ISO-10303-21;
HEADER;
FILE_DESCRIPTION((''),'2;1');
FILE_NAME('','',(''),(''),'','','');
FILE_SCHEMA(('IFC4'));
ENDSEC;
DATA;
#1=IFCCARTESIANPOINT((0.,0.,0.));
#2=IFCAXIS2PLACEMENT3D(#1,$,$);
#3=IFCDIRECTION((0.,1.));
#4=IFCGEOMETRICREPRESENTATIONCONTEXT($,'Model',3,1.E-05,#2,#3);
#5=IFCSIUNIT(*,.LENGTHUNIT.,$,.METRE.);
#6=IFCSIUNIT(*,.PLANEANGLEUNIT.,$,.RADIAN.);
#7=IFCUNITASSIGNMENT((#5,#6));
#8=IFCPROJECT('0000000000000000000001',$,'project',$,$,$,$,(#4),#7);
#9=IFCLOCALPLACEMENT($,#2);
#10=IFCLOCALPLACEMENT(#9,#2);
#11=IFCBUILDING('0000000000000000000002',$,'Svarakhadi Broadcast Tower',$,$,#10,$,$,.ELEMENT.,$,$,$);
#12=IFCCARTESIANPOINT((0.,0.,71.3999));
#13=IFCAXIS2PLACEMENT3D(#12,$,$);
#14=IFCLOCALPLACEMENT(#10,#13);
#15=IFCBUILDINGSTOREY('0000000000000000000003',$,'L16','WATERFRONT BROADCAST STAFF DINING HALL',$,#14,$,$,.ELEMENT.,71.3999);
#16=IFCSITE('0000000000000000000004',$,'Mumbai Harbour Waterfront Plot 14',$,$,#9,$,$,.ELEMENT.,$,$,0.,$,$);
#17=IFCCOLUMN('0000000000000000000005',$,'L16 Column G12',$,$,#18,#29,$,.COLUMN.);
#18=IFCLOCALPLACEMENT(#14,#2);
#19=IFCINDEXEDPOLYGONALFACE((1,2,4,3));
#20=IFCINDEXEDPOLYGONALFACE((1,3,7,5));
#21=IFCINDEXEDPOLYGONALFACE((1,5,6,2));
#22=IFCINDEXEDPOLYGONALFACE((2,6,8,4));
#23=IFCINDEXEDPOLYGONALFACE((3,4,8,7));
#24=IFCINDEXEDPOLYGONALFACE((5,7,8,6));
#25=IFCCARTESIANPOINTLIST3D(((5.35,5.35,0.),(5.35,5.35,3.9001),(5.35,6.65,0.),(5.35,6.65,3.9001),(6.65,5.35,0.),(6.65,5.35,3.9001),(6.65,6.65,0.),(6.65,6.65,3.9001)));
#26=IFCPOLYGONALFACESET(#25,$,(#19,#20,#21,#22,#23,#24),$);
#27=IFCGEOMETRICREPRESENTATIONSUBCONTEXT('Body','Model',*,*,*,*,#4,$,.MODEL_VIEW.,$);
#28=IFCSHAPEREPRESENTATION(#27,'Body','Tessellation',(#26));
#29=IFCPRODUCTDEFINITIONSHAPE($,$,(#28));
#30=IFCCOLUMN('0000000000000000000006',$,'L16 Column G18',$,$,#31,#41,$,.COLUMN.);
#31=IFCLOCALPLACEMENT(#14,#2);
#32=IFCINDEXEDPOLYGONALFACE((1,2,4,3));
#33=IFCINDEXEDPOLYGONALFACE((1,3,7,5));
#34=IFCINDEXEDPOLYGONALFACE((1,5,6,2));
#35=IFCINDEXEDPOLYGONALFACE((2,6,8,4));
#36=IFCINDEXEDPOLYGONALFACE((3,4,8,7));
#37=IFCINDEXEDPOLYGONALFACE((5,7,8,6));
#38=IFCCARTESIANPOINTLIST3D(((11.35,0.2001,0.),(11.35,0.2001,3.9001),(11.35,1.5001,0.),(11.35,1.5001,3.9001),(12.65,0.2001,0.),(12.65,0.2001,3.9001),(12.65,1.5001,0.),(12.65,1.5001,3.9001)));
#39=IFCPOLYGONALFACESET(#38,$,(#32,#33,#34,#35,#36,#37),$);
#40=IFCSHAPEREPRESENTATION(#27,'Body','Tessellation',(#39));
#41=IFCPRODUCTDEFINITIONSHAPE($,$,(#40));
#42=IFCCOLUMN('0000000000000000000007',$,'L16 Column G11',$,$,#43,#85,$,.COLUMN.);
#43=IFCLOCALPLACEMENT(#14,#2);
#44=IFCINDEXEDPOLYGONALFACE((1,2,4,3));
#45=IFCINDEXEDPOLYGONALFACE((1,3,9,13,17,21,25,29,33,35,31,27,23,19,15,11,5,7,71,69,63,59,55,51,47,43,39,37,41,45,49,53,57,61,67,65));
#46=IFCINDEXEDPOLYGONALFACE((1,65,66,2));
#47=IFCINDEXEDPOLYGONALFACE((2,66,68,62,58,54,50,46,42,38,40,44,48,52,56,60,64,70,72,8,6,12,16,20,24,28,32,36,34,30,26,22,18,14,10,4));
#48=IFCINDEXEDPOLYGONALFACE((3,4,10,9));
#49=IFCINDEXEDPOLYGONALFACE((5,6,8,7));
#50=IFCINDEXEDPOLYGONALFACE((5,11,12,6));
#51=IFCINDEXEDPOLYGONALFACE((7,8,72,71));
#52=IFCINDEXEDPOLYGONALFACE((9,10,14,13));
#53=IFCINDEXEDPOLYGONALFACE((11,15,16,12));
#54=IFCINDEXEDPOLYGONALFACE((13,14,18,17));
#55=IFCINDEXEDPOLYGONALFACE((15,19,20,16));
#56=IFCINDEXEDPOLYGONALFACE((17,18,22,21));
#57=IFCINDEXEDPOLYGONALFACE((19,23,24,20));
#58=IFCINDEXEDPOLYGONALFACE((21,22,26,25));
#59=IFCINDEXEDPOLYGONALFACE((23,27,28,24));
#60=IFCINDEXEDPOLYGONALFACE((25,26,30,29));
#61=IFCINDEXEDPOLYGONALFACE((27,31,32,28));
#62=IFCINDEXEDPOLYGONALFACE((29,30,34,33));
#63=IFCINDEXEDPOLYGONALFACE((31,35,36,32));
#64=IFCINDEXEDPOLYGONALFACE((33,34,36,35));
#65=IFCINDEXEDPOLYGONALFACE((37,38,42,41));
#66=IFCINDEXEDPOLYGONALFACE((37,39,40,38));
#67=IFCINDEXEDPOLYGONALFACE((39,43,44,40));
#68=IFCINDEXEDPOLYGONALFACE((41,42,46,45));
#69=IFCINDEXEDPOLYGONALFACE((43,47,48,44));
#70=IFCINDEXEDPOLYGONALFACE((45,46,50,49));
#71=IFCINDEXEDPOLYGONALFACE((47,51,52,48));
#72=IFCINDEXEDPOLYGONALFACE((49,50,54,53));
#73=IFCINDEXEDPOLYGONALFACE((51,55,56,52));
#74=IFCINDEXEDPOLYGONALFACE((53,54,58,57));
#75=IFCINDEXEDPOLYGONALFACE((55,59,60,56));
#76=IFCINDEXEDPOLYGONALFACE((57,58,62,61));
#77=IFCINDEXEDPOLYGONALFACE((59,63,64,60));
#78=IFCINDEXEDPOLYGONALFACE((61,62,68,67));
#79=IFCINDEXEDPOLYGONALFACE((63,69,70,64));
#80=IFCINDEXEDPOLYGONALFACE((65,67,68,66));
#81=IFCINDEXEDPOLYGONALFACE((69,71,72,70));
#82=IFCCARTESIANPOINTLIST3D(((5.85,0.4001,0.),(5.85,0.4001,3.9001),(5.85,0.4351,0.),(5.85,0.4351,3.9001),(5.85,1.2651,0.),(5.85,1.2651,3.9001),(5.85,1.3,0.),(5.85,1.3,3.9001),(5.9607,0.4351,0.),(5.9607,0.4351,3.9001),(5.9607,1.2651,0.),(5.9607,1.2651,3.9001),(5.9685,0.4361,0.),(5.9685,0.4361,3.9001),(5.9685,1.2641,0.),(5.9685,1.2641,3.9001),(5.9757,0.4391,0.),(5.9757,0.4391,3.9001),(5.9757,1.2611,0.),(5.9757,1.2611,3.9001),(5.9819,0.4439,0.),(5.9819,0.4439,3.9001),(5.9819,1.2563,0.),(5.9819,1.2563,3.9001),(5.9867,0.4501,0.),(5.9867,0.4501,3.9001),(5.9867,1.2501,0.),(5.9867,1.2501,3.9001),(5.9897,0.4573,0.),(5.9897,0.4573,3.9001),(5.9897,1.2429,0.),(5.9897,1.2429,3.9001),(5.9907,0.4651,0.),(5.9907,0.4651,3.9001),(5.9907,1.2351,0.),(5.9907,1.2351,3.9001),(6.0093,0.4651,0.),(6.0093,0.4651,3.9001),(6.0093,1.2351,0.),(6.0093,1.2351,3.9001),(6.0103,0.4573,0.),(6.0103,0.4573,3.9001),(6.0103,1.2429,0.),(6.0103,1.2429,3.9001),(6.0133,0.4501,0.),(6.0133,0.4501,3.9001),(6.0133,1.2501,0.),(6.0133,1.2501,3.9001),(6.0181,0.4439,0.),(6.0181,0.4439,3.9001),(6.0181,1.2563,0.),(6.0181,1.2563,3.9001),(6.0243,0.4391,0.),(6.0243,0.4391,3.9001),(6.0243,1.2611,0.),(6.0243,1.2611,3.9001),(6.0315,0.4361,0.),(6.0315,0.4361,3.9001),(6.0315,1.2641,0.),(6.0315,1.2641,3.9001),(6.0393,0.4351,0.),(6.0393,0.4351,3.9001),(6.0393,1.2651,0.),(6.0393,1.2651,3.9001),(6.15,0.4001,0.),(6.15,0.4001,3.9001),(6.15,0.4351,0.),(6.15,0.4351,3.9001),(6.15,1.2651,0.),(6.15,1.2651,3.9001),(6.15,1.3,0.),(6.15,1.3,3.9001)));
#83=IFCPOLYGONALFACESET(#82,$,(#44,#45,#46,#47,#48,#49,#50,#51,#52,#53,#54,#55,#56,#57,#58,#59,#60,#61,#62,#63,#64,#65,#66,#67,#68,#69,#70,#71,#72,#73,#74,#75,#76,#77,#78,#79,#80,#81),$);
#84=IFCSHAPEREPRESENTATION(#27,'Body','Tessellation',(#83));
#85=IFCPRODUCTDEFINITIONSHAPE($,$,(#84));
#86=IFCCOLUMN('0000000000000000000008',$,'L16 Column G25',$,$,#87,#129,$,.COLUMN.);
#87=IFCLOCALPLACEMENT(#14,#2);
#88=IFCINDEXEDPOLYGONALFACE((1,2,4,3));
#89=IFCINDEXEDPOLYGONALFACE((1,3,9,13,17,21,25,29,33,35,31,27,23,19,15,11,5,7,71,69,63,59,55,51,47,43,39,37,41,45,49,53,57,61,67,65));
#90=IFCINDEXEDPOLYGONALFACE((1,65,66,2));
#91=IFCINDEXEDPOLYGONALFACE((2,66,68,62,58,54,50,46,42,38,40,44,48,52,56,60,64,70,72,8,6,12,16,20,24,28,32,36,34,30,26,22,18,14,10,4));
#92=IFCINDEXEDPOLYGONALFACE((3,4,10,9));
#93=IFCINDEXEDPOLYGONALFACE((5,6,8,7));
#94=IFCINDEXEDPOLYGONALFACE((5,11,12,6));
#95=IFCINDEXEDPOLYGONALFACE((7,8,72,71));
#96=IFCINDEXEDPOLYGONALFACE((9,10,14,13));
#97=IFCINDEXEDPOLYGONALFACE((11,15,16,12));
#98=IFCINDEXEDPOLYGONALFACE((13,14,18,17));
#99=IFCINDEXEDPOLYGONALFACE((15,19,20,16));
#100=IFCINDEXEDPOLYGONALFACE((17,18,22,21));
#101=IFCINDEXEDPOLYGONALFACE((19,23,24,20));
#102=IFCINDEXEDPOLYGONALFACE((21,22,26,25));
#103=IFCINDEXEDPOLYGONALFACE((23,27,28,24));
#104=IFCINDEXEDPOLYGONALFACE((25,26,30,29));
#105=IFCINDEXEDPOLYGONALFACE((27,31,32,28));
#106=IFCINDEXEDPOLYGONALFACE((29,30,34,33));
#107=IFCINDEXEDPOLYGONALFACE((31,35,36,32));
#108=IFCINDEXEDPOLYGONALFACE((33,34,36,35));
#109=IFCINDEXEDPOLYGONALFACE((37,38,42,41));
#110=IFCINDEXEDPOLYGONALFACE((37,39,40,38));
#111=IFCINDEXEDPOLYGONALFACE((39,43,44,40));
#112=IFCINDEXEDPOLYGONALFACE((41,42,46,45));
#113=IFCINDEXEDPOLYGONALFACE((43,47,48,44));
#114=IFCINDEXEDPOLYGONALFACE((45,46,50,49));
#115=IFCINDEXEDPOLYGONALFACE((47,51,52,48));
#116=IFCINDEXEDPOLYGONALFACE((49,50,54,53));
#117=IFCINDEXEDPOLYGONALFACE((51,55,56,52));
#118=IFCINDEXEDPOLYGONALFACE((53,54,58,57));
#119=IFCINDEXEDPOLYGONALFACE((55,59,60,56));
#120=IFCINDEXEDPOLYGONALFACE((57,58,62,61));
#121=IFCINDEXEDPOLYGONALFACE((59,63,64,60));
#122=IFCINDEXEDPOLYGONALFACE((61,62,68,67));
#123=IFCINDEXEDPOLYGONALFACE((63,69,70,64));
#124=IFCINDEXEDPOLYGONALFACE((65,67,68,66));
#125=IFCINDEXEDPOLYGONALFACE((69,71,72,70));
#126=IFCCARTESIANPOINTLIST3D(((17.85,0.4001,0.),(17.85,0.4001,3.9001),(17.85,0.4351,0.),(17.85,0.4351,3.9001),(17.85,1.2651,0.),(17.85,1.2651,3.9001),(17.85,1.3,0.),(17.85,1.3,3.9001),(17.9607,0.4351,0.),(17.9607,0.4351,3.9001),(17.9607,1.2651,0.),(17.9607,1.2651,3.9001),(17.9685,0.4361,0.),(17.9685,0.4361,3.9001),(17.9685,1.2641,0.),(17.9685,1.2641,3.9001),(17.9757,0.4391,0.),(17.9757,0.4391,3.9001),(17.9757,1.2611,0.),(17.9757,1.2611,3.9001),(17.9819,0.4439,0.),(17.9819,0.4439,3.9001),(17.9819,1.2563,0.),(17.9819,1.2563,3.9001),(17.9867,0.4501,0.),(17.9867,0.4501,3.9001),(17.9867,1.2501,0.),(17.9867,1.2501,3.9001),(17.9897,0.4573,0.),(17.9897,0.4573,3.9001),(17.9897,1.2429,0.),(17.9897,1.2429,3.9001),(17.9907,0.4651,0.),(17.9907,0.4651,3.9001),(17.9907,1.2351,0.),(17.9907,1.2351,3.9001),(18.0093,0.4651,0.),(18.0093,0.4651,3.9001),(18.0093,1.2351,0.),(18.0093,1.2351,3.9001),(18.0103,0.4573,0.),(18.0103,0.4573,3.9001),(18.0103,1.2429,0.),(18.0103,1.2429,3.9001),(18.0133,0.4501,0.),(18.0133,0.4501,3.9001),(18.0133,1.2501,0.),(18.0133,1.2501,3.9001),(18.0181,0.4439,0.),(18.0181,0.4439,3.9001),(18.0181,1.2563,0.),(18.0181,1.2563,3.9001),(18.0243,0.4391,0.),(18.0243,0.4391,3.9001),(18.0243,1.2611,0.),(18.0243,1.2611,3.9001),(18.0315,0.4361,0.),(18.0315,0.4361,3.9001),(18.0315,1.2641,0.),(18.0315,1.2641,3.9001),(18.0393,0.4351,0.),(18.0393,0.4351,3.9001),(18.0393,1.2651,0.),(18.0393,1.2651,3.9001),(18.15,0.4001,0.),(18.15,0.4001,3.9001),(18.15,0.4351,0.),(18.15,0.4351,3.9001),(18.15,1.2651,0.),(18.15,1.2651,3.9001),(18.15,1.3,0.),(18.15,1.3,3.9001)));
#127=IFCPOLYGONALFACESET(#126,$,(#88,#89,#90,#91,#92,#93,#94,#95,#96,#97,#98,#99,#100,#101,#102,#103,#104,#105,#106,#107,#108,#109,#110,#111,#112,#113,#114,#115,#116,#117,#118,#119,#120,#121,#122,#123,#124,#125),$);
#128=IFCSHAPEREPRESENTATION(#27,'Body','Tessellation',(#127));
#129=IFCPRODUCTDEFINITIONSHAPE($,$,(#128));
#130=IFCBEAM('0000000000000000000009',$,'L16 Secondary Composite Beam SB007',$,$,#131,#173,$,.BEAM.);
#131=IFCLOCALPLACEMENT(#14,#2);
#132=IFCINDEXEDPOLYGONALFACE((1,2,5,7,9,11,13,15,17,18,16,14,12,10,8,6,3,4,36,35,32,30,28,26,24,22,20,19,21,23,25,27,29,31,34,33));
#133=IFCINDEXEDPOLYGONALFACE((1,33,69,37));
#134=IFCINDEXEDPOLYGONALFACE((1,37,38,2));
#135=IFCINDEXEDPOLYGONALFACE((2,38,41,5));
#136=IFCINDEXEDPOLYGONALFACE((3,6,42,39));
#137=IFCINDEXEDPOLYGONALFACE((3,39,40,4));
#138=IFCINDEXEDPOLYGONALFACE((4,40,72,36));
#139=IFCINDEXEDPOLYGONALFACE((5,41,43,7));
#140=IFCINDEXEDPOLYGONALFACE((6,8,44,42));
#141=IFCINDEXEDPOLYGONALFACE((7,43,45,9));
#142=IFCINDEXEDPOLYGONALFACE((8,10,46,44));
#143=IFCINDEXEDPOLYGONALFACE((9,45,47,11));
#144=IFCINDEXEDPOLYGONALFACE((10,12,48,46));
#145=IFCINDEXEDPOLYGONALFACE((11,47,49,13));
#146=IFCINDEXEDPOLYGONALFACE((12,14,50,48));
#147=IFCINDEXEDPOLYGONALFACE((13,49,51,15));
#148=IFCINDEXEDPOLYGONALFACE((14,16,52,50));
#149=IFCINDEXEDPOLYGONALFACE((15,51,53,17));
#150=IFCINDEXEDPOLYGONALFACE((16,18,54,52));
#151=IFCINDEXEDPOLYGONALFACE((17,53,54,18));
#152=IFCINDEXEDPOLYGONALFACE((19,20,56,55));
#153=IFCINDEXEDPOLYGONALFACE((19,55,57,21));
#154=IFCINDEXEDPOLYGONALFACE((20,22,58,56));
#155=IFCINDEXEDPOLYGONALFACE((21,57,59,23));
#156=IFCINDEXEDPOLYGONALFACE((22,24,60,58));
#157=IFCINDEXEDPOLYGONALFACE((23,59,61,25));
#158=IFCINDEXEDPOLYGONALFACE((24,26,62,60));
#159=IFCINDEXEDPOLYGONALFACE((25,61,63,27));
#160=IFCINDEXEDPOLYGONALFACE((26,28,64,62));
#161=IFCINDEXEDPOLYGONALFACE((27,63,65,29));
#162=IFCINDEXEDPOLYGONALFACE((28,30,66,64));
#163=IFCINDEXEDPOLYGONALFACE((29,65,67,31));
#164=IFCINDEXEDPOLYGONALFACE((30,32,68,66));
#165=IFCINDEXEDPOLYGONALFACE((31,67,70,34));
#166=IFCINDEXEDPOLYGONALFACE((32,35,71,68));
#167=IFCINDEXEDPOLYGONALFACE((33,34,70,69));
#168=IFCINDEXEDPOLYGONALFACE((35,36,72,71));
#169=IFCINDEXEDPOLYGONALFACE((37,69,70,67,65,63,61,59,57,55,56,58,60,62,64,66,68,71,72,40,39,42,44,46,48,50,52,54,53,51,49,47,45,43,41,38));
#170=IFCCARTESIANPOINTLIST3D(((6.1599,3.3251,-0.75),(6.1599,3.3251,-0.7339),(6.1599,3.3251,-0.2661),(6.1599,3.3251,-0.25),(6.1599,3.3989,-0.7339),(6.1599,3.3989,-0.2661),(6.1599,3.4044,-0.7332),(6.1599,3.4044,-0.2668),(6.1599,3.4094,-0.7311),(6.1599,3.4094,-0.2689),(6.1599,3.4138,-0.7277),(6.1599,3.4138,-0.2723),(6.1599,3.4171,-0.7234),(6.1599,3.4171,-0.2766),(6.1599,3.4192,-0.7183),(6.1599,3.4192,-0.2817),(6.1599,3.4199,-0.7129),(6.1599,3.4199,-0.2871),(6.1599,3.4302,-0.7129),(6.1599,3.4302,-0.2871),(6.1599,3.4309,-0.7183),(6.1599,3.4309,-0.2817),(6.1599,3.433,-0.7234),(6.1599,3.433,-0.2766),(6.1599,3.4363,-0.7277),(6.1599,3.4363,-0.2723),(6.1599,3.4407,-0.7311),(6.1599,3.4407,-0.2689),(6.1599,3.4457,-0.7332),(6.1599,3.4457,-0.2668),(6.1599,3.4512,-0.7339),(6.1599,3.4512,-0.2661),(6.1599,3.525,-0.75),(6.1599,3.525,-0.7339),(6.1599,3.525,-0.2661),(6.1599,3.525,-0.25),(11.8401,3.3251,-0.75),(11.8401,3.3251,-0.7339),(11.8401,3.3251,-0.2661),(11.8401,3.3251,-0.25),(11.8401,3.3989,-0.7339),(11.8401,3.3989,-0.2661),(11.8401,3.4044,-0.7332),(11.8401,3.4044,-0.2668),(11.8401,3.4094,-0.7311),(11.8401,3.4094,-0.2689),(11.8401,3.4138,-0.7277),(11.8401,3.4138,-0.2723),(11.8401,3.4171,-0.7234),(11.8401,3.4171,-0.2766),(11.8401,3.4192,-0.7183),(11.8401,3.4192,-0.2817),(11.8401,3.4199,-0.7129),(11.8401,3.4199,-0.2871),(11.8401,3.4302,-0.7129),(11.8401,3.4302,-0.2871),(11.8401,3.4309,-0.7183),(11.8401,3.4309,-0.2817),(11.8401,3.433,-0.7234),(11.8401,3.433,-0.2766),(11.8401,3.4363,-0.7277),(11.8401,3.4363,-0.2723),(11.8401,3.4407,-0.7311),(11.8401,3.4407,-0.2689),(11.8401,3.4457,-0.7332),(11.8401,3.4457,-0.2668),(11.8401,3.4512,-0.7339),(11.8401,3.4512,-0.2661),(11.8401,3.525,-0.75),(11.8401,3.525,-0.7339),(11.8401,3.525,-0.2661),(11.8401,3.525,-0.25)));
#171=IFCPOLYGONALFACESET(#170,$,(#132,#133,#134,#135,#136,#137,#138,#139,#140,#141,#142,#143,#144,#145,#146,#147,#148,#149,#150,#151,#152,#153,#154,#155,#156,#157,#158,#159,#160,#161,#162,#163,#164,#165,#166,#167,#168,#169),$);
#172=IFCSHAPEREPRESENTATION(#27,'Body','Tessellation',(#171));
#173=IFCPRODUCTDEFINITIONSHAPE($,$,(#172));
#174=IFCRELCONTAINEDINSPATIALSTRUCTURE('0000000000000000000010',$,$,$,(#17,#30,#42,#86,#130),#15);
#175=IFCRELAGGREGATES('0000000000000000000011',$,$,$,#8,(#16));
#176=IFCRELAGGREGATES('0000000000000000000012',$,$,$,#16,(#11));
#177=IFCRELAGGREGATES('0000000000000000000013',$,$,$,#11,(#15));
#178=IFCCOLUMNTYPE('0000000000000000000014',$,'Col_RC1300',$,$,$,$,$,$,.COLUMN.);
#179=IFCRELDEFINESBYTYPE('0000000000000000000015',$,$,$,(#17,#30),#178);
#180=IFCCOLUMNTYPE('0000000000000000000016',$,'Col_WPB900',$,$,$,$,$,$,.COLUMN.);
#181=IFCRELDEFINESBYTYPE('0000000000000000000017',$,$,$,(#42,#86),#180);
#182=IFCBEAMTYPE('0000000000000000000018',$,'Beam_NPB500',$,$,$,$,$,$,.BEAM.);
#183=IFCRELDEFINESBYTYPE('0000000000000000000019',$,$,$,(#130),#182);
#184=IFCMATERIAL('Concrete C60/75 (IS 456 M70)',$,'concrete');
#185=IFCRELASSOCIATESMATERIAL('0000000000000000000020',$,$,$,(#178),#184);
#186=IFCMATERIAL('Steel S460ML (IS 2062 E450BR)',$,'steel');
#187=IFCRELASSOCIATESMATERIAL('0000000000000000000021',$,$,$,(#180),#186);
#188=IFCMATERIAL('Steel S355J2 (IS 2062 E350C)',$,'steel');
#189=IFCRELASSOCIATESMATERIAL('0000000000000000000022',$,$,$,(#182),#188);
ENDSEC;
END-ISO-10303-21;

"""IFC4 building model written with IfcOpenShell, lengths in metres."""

from ifc_helpers import new_model, si_unit, direction, frame, origin, origin_2d, place, context, subcontext, project, spatial, rectangle, i_section, extrude, material, material_profile, profile_set, type_object, element, save


model = new_model("IFC4")

# Units and contexts
model_context = context("Model", 3, precision=1e-05, world=origin(), true_north=direction((0.0, 1.0)))
body_context = subcontext(model_context, "Body", "Model", "MODEL_VIEW")
ifc_project = project(units=[si_unit("LENGTHUNIT", "METRE"), si_unit("PLANEANGLEUNIT", "RADIAN")], contexts=[model_context])

# Site, building, storey
site_placement = place(None, origin())
site = spatial("IfcSite", under=ifc_project, at=site_placement, Name="Mumbai Harbour Waterfront Plot 14", CompositionType="ELEMENT", RefElevation=0.0)
building_placement = place(site_placement, origin())
building = spatial("IfcBuilding", under=site, at=building_placement, Name="Svarakhadi Broadcast Tower", CompositionType="ELEMENT")
storey_placement = place(building_placement, frame((0.0, 0.0, 71.3999)))
storey = spatial("IfcBuildingStorey", under=building, at=storey_placement, Name="L16", Description="WATERFRONT BROADCAST STAFF DINING HALL", CompositionType="ELEMENT", Elevation=71.3999)

# Columns
ifc_material_1 = material(Name="Concrete C60/75 (IS 456 M70)", Category="concrete")
ifc_material_profile_1 = material_profile(ifc_material_1, rectangle(XDim=1.3, YDim=1.3, at=origin_2d()), Name="RC 1300x1300")
ifc_profile_set_1 = profile_set([ifc_material_profile_1], Name="Concrete C60/75 (IS 456 M70)")
column_type_1 = type_object("IfcColumnType", Name="Col_RC1300", PredefinedType="COLUMN", material=ifc_profile_set_1)
for number, where, z_axis, x_axis, name in (
    (1, (6.0, 6.0, 0.0), (0.0, 0.0, 1.0), (1.0, 0.0, 0.0), "L16 Column G12"),
    (2, (12.0, 0.8501, 0.0), (0.0, 0.0, 1.0), (1.0, 0.0, 0.0), "L16 Column G18"),
):
    element("IfcColumn", number, at=place(storey_placement, frame(where, z_axis=z_axis, x_axis=x_axis)), inside=storey, type_object=column_type_1, Name=name, PredefinedType="COLUMN", context=body_context, shape_type="SweptSolid", body=[
        extrude(rectangle(XDim=1.3, YDim=1.3, at=origin_2d()), origin(), (0.0, 0.0, 1.0), 3.9001),
    ])
ifc_material_2 = material(Name="Steel S460ML (IS 2062 E450BR)", Category="steel")
ifc_material_profile_2 = material_profile(ifc_material_2, i_section(OverallWidth=0.3, OverallDepth=0.8999, WebThickness=0.0186, FlangeThickness=0.0349, FilletRadius=0.03, at=origin_2d()), Name="WPB 900x300x291")
ifc_profile_set_2 = profile_set([ifc_material_profile_2], Name="Steel S460ML (IS 2062 E450BR)")
column_type_2 = type_object("IfcColumnType", Name="Col_WPB900", PredefinedType="COLUMN", material=ifc_profile_set_2)
for number, where, z_axis, x_axis, name in (
    (3, (6.0, 0.8501, 0.0), (0.0, 0.0, 1.0), (1.0, 0.0, 0.0), "L16 Column G11"),
    (4, (18.0, 0.8501, 0.0), (0.0, 0.0, 1.0), (1.0, 0.0, 0.0), "L16 Column G25"),
):
    element("IfcColumn", number, at=place(storey_placement, frame(where, z_axis=z_axis, x_axis=x_axis)), inside=storey, type_object=column_type_2, Name=name, PredefinedType="COLUMN", context=body_context, shape_type="SweptSolid", body=[
        extrude(i_section(OverallWidth=0.3, OverallDepth=0.8999, WebThickness=0.0186, FlangeThickness=0.0349, FilletRadius=0.03, at=origin_2d()), origin(), (0.0, 0.0, 1.0), 3.9001),
    ])

# Beam
ifc_material_3 = material(Name="Steel S355J2 (IS 2062 E350C)", Category="steel")
ifc_material_profile_3 = material_profile(ifc_material_3, i_section(OverallWidth=0.2, OverallDepth=0.5, WebThickness=0.0103, FlangeThickness=0.0161, FilletRadius=0.021, at=origin_2d()), Name="NPB 500x200x91")
ifc_profile_set_3 = profile_set([ifc_material_profile_3], Name="Steel S355J2 (IS 2062 E350C)")
beam_type_1 = type_object("IfcBeamType", Name="Beam_NPB500", PredefinedType="BEAM", material=ifc_profile_set_3)
for number, where, z_axis, x_axis, name in (
    (5, (6.1599, 3.425, -0.5), (1.0, 0.0, 0.0), (0.0, 1.0, 0.0), "L16 Secondary Composite Beam SB007"),
):
    element("IfcBeam", number, at=place(storey_placement, frame(where, z_axis=z_axis, x_axis=x_axis)), inside=storey, type_object=beam_type_1, Name=name, PredefinedType="BEAM", context=body_context, shape_type="SweptSolid", body=[
        extrude(i_section(OverallWidth=0.2, OverallDepth=0.5, WebThickness=0.0103, FlangeThickness=0.0161, FilletRadius=0.021, at=origin_2d()), origin(), (0.0, 0.0, 1.0), 5.6802),
    ])

save(model, "model.ifc")
